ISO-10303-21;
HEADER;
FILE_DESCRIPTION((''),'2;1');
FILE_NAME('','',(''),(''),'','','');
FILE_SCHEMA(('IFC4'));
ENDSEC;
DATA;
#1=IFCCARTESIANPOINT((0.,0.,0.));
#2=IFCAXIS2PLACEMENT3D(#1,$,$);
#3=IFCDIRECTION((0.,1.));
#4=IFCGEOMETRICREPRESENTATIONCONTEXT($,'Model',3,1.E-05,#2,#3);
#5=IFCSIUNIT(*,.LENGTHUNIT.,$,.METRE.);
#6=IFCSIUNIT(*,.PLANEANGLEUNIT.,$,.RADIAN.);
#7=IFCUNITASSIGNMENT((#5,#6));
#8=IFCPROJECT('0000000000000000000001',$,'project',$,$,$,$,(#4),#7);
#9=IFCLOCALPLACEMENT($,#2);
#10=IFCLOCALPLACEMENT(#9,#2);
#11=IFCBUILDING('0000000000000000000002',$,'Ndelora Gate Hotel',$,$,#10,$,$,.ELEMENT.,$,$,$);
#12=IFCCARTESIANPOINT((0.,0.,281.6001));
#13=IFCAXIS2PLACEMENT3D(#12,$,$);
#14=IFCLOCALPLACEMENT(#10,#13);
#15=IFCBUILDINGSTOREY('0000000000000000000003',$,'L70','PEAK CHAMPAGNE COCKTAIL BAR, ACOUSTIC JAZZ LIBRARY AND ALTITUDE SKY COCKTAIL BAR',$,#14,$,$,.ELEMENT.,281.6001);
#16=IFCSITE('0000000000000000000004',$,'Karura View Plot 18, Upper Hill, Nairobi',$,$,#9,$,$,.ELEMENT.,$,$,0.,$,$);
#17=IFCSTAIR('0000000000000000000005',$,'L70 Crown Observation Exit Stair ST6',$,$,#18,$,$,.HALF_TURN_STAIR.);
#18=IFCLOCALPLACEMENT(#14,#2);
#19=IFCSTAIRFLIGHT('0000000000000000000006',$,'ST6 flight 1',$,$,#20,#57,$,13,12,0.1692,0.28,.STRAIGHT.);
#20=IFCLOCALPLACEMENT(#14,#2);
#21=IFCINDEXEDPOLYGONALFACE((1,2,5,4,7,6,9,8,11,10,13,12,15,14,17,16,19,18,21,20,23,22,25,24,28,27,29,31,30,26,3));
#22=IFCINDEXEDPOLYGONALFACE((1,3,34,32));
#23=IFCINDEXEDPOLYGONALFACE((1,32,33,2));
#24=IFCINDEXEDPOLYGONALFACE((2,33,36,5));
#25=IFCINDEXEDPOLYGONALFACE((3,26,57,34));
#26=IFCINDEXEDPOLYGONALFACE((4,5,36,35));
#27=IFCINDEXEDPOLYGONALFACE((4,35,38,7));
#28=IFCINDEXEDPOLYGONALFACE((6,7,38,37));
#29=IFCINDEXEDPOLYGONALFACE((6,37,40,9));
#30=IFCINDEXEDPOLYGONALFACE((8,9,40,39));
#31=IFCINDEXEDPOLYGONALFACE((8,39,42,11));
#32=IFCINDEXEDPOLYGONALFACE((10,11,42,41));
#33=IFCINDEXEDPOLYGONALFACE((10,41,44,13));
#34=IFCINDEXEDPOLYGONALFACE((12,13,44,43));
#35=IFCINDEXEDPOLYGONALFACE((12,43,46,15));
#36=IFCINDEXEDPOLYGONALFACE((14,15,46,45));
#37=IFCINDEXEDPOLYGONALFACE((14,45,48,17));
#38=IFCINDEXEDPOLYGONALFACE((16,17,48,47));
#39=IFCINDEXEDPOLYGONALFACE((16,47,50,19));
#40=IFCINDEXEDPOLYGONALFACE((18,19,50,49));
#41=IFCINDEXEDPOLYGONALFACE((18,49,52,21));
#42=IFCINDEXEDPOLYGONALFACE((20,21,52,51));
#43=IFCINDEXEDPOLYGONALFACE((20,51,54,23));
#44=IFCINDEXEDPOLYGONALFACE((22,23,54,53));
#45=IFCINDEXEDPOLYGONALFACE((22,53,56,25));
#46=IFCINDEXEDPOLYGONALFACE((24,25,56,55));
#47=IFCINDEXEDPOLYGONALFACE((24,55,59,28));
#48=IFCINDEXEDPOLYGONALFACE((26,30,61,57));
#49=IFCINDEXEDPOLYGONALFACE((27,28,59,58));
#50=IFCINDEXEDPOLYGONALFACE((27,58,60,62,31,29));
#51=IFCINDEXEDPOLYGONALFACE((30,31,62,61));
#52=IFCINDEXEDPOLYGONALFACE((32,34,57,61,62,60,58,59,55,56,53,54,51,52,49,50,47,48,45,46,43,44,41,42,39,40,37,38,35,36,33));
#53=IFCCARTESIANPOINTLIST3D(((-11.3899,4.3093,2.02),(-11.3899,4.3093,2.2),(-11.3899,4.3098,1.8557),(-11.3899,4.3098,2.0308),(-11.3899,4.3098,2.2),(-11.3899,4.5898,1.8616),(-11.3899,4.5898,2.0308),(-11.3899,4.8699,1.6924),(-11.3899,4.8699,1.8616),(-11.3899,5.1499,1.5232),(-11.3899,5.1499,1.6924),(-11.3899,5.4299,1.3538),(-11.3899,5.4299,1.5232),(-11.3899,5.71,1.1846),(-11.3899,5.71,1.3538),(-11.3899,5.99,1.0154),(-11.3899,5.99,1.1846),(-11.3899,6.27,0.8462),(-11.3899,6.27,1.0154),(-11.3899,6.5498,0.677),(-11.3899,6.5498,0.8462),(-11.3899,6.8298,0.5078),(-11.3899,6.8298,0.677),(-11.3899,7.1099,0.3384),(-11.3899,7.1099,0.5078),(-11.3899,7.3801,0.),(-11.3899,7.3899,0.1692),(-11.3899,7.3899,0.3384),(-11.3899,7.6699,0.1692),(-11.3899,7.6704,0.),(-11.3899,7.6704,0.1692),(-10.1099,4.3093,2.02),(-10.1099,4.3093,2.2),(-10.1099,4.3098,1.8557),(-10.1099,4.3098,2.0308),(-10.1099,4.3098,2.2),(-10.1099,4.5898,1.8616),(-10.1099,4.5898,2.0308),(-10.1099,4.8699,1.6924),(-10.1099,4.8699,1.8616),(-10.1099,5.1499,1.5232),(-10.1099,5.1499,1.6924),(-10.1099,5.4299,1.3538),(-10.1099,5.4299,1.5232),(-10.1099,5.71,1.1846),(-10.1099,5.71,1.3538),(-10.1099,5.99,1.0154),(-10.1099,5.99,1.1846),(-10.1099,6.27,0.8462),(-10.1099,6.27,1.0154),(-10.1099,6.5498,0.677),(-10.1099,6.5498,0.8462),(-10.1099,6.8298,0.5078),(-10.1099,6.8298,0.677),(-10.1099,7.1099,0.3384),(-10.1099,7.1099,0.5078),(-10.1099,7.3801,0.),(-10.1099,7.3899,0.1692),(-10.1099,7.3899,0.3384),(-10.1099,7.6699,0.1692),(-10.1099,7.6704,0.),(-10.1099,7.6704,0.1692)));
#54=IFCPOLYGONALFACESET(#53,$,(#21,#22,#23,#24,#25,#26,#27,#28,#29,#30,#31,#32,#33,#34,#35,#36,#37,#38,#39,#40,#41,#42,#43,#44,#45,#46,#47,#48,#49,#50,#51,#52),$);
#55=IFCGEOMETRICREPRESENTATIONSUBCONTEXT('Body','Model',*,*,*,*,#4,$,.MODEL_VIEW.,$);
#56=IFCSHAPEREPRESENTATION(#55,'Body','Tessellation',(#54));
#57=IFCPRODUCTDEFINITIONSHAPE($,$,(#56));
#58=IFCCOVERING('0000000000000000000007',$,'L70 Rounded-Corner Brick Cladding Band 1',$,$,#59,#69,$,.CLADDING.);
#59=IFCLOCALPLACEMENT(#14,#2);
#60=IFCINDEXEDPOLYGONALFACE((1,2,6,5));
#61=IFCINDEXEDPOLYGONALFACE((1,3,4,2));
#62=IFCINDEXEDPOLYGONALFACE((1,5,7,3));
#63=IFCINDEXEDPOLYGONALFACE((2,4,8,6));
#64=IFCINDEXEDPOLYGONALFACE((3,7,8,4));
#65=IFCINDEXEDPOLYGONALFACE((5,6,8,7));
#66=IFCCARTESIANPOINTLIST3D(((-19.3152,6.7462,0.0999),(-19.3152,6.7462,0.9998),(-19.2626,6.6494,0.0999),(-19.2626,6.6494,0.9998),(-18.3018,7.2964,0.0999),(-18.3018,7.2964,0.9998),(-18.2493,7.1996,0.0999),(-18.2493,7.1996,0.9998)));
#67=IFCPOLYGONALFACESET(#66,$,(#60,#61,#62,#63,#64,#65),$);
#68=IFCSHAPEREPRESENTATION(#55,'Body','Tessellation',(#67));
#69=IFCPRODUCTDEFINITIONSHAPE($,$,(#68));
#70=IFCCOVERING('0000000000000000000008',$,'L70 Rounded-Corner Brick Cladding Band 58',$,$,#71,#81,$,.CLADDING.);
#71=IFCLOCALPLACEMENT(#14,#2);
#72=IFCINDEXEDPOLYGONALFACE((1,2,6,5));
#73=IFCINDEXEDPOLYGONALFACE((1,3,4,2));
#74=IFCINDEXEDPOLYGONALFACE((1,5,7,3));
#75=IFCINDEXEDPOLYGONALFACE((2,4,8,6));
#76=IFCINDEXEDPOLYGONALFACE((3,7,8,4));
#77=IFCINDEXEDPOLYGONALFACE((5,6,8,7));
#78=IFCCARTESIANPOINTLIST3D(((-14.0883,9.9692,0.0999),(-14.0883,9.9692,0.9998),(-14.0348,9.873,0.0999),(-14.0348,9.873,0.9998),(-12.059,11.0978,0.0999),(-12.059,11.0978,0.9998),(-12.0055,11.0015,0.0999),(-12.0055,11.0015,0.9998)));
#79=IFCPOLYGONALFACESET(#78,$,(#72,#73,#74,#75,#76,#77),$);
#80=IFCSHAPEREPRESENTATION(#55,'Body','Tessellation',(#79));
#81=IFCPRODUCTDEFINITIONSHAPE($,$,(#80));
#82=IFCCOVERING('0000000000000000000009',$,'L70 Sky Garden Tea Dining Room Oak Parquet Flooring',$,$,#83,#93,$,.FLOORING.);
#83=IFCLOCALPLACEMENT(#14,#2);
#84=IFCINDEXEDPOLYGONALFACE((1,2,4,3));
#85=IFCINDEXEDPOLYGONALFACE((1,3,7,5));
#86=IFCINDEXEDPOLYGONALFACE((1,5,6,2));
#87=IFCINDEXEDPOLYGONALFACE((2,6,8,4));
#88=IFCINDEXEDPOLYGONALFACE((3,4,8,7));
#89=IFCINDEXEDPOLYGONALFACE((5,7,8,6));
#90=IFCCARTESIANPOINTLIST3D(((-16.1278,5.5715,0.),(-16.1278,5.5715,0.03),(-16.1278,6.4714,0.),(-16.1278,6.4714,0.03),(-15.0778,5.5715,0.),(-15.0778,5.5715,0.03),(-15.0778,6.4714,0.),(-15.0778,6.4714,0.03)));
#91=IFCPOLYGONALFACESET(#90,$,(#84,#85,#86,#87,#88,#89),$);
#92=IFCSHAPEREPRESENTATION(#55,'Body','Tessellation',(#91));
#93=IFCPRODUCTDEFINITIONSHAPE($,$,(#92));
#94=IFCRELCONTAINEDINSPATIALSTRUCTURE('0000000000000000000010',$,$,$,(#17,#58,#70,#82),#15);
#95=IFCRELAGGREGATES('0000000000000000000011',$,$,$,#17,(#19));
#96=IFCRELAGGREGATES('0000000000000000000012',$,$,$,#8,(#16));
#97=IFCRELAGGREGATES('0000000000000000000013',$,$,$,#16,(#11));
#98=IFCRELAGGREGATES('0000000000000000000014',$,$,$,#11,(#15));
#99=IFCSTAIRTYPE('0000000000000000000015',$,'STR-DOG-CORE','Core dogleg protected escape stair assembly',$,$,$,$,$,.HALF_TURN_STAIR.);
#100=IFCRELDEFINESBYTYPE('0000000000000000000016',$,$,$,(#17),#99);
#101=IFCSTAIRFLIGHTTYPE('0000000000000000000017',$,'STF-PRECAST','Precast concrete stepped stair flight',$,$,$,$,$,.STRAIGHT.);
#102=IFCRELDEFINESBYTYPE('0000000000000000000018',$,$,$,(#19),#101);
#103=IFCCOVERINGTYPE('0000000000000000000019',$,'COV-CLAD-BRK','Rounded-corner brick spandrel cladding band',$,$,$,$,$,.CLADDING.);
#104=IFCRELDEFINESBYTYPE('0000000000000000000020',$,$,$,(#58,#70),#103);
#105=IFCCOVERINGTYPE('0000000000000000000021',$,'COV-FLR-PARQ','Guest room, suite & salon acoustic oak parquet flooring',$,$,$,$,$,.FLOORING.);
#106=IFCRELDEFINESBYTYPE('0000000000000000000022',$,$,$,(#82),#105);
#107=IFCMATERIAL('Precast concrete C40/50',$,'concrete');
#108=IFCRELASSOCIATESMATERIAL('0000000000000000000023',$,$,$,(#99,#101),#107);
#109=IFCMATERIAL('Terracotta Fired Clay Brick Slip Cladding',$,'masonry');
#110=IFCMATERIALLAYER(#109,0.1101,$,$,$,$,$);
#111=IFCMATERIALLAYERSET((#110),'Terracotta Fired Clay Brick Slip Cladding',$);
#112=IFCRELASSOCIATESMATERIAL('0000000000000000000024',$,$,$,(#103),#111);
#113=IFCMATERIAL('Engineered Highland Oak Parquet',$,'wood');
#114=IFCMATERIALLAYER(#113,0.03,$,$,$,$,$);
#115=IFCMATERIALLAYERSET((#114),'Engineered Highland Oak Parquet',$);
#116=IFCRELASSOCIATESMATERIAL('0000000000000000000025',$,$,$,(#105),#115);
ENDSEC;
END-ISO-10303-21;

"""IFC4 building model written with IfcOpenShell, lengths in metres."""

from ifc_helpers import new_model, si_unit, direction, frame, origin, origin_2d, place, context, subcontext, project, spatial, polyline, rectangle, outline, extrude, material, layer, layer_set, type_object, element, aggregate, save


model = new_model("IFC4")

# Units and contexts
model_context = context("Model", 3, precision=1e-05, world=origin(), true_north=direction((0.0, 1.0)))
body_context = subcontext(model_context, "Body", "Model", "MODEL_VIEW")
ifc_project = project(units=[si_unit("LENGTHUNIT", "METRE"), si_unit("PLANEANGLEUNIT", "RADIAN")], contexts=[model_context])

# Site, building, storey
site_placement = place(None, origin())
site = spatial("IfcSite", under=ifc_project, at=site_placement, Name="Karura View Plot 18, Upper Hill, Nairobi", CompositionType="ELEMENT", RefElevation=0.0)
building_placement = place(site_placement, origin())
building = spatial("IfcBuilding", under=site, at=building_placement, Name="Ndelora Gate Hotel", CompositionType="ELEMENT")
storey_placement = place(building_placement, frame((0.0, 0.0, 281.6001)))
storey = spatial("IfcBuildingStorey", under=building, at=storey_placement, Name="L70", Description="PEAK CHAMPAGNE COCKTAIL BAR, ACOUSTIC JAZZ LIBRARY AND ALTITUDE SKY COCKTAIL BAR", CompositionType="ELEMENT", Elevation=281.6001)

# Stair, stair flight
ifc_material_1 = material(Name="Precast concrete C40/50", Category="concrete")
stair_type = type_object("IfcStairType", Name="STR-DOG-CORE", Description="Core dogleg protected escape stair assembly", PredefinedType="HALF_TURN_STAIR", material=ifc_material_1)
stair_placement = place(storey_placement, origin())
stair = element("IfcStair", 1, at=stair_placement, inside=storey, type_object=stair_type, Name="L70 Crown Observation Exit Stair ST6", PredefinedType="HALF_TURN_STAIR")
stair_flight_type = type_object("IfcStairFlightType", Name="STF-PRECAST", Description="Precast concrete stepped stair flight", PredefinedType="STRAIGHT", material=ifc_material_1)
stair_flight_placement = place(storey_placement, frame((-10.75, 7.6699, 0.0), z_axis=(0.0, 0.0, 1.0), x_axis=(0.0, -1.0, 0.0)))
stair_flight = element("IfcStairFlight", 2, at=stair_flight_placement, type_object=stair_flight_type, Name="ST6 flight 1", NumberOfRisers=13, NumberOfTreads=12, PredefinedType="STRAIGHT", RiserHeight=0.1692, TreadLength=0.28, context=body_context, shape_type="SweptSolid", body=[
    extrude(outline(polyline([(-0.0005, 0.0), (-0.0005, 0.1692), (0.0, 0.1692), (0.28, 0.1692), (0.28, 0.3384), (0.5601, 0.3384), (0.5601, 0.5078), (0.8401, 0.5078), (0.8401, 0.677), (1.1201, 0.677), (1.1201, 0.8462), (1.3999, 0.8462), (1.3999, 1.0154), (1.6799, 1.0154), (1.6799, 1.1846), (1.96, 1.1846), (1.96, 1.3538), (2.24, 1.3538), (2.24, 1.5232), (2.52, 1.5232), (2.52, 1.6924), (2.8, 1.6924), (2.8, 1.8616), (3.0801, 1.8616), (3.0801, 2.0308), (3.3601, 2.0308), (3.3601, 2.2), (3.3606, 2.2), (3.3606, 2.02), (3.3601, 1.8557), (0.2898, 0.0), (-0.0005, 0.0)])), frame((0.0, 0.6401, 0.0), z_axis=(0.0, -1.0, 0.0), x_axis=(1.0, 0.0, 0.0)), (0.0, 0.0, 1.0), 1.28),
])
aggregate(stair, [stair_flight])

# Coverings
ifc_material_2 = material(Name="Terracotta Fired Clay Brick Slip Cladding", Category="masonry")
ifc_layer_1 = layer(ifc_material_2, 0.1101)
ifc_layer_set_1 = layer_set([ifc_layer_1], Name="Terracotta Fired Clay Brick Slip Cladding")
covering_type_1 = type_object("IfcCoveringType", Name="COV-CLAD-BRK", Description="Rounded-corner brick spandrel cladding band", PredefinedType="CLADDING", material=ifc_layer_set_1)
covering_1_placement = place(storey_placement, frame((-18.7822, 6.9729, 0.0999), z_axis=(0.0, 0.0, 1.0), x_axis=(0.878817, 0.477159, 0.0)))
element("IfcCovering", 3, at=covering_1_placement, inside=storey, type_object=covering_type_1, Name="L70 Rounded-Corner Brick Cladding Band 1", PredefinedType="CLADDING", context=body_context, shape_type="SweptSolid", body=[
    extrude(rectangle(XDim=1.1531, YDim=0.1101, at=origin_2d()), origin(), (0.0, 0.0, 1.0), 0.8999),
])
covering_2_placement = place(storey_placement, frame((-13.0469, 10.4854, 0.0999), z_axis=(0.0, 0.0, 1.0), x_axis=(0.873942, 0.48603, 0.0)))
element("IfcCovering", 4, at=covering_2_placement, inside=storey, type_object=covering_type_1, Name="L70 Rounded-Corner Brick Cladding Band 58", PredefinedType="CLADDING", context=body_context, shape_type="SweptSolid", body=[
    extrude(rectangle(XDim=2.322, YDim=0.1101, at=origin_2d()), origin(), (0.0, 0.0, 1.0), 0.8999),
])
ifc_material_3 = material(Name="Engineered Highland Oak Parquet", Category="wood")
ifc_layer_2 = layer(ifc_material_3, 0.03)
ifc_layer_set_2 = layer_set([ifc_layer_2], Name="Engineered Highland Oak Parquet")
covering_type_2 = type_object("IfcCoveringType", Name="COV-FLR-PARQ", Description="Guest room, suite & salon acoustic oak parquet flooring", PredefinedType="FLOORING", material=ifc_layer_set_2)
covering_3_placement = place(storey_placement, frame((-15.6028, 6.0215, 0.0), z_axis=(0.0, 0.0, 1.0), x_axis=(1.0, 0.0, 0.0)))
element("IfcCovering", 5, at=covering_3_placement, inside=storey, type_object=covering_type_2, Name="L70 Sky Garden Tea Dining Room Oak Parquet Flooring", PredefinedType="FLOORING", context=body_context, shape_type="SweptSolid", body=[
    extrude(rectangle(XDim=1.05, YDim=0.8999, at=origin_2d()), origin(), (0.0, 0.0, 1.0), 0.03),
])

save(model, "model.ifc")
